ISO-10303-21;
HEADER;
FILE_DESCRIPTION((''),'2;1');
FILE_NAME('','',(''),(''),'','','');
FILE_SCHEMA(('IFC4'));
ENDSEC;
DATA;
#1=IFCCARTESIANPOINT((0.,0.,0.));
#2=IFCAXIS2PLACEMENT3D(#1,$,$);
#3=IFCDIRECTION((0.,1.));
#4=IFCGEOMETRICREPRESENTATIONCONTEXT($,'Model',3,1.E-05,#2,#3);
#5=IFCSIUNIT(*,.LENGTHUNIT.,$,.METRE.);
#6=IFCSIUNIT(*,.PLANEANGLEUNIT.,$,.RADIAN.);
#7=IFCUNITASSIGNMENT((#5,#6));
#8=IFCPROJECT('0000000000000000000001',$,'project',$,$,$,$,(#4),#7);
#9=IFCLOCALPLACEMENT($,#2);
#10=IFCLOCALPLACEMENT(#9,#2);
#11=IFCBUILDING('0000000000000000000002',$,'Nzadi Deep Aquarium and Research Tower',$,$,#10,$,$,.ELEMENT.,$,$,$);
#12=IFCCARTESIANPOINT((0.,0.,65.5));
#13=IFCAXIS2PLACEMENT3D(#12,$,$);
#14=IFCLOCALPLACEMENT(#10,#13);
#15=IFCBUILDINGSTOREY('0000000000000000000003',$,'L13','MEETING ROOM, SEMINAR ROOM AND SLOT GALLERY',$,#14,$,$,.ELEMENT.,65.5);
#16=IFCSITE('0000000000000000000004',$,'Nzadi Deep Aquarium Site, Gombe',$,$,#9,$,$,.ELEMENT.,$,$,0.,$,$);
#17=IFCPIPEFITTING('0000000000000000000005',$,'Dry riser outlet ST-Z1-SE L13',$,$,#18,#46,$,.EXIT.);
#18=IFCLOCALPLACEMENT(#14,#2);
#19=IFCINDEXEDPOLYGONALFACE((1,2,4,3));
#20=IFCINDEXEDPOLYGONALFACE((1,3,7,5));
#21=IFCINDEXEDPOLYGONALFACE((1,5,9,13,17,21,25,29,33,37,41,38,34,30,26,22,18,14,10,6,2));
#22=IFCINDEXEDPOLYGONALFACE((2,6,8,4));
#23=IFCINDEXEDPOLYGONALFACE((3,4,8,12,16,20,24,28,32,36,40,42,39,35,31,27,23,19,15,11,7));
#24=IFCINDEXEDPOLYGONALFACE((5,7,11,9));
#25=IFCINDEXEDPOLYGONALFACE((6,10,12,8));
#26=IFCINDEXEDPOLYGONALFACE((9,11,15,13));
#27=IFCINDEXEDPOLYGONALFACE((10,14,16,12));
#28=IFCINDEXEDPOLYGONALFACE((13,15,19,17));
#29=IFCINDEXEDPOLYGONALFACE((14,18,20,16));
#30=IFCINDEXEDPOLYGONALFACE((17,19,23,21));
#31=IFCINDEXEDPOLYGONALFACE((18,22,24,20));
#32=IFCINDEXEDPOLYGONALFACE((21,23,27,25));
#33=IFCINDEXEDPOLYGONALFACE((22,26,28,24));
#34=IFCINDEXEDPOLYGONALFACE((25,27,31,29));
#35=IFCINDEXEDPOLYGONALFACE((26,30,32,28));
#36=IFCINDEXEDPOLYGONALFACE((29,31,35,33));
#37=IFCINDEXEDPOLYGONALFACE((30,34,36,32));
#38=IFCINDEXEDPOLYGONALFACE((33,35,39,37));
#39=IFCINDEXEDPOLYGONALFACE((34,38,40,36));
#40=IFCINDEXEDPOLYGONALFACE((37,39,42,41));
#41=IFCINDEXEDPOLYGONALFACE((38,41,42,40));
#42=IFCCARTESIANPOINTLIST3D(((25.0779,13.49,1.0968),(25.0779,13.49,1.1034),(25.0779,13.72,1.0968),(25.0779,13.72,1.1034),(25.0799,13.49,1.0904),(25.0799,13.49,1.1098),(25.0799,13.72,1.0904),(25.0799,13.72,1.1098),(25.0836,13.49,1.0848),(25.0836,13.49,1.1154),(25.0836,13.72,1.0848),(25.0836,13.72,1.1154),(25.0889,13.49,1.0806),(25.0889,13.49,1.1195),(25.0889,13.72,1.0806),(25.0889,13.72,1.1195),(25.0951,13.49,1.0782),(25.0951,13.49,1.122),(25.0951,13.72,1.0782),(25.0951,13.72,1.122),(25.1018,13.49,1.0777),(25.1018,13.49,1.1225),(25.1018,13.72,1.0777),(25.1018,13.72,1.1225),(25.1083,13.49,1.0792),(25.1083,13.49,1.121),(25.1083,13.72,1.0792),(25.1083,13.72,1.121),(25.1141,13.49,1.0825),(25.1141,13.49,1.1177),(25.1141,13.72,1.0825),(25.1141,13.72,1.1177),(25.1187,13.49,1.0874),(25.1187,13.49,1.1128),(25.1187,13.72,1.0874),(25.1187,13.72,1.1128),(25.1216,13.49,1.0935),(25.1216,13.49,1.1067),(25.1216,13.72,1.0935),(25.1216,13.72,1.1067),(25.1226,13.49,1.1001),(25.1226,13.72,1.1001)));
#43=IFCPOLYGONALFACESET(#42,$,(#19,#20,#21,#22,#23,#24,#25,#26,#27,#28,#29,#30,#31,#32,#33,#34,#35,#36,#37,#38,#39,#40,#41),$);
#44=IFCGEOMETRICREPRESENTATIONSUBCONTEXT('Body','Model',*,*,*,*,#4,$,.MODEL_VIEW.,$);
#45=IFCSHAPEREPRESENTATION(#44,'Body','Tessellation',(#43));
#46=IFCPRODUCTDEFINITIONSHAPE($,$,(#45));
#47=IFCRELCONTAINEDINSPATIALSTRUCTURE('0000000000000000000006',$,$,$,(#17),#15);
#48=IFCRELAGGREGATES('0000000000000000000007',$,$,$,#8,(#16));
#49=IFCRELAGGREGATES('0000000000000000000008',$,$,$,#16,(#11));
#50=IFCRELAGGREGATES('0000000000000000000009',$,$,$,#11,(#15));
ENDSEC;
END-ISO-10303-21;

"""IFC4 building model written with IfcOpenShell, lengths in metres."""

from ifc_helpers import new_model, si_unit, direction, frame, origin, origin_2d, place, context, subcontext, project, spatial, circle, extrude, element, save


model = new_model("IFC4")

# Units and contexts
model_context = context("Model", 3, precision=1e-05, world=origin(), true_north=direction((0.0, 1.0)))
body_context = subcontext(model_context, "Body", "Model", "MODEL_VIEW")
ifc_project = project(units=[si_unit("LENGTHUNIT", "METRE"), si_unit("PLANEANGLEUNIT", "RADIAN")], contexts=[model_context])

# Site, building, storey
site_placement = place(None, origin())
site = spatial("IfcSite", under=ifc_project, at=site_placement, Name="Nzadi Deep Aquarium Site, Gombe", CompositionType="ELEMENT", RefElevation=0.0)
building_placement = place(site_placement, origin())
building = spatial("IfcBuilding", under=site, at=building_placement, Name="Nzadi Deep Aquarium and Research Tower", CompositionType="ELEMENT")
storey_placement = place(building_placement, frame((0.0, 0.0, 65.5)))
storey = spatial("IfcBuildingStorey", under=building, at=storey_placement, Name="L13", Description="MEETING ROOM, SEMINAR ROOM AND SLOT GALLERY", CompositionType="ELEMENT", Elevation=65.5)

# Pipe fitting
pipe_fitting_placement = place(storey_placement, frame((25.1001, 13.72, 1.1001), z_axis=(0.0, -1.0, 0.0), x_axis=(1.0, 0.0, 0.0)))
element("IfcPipeFitting", 1, at=pipe_fitting_placement, inside=storey, Name="Dry riser outlet ST-Z1-SE L13", PredefinedType="EXIT", context=body_context, shape_type="SweptSolid", body=[
    extrude(circle(Radius=0.0225, at=origin_2d()), origin(), (0.0, 0.0, 1.0), 0.23),
])

save(model, "model.ifc")
